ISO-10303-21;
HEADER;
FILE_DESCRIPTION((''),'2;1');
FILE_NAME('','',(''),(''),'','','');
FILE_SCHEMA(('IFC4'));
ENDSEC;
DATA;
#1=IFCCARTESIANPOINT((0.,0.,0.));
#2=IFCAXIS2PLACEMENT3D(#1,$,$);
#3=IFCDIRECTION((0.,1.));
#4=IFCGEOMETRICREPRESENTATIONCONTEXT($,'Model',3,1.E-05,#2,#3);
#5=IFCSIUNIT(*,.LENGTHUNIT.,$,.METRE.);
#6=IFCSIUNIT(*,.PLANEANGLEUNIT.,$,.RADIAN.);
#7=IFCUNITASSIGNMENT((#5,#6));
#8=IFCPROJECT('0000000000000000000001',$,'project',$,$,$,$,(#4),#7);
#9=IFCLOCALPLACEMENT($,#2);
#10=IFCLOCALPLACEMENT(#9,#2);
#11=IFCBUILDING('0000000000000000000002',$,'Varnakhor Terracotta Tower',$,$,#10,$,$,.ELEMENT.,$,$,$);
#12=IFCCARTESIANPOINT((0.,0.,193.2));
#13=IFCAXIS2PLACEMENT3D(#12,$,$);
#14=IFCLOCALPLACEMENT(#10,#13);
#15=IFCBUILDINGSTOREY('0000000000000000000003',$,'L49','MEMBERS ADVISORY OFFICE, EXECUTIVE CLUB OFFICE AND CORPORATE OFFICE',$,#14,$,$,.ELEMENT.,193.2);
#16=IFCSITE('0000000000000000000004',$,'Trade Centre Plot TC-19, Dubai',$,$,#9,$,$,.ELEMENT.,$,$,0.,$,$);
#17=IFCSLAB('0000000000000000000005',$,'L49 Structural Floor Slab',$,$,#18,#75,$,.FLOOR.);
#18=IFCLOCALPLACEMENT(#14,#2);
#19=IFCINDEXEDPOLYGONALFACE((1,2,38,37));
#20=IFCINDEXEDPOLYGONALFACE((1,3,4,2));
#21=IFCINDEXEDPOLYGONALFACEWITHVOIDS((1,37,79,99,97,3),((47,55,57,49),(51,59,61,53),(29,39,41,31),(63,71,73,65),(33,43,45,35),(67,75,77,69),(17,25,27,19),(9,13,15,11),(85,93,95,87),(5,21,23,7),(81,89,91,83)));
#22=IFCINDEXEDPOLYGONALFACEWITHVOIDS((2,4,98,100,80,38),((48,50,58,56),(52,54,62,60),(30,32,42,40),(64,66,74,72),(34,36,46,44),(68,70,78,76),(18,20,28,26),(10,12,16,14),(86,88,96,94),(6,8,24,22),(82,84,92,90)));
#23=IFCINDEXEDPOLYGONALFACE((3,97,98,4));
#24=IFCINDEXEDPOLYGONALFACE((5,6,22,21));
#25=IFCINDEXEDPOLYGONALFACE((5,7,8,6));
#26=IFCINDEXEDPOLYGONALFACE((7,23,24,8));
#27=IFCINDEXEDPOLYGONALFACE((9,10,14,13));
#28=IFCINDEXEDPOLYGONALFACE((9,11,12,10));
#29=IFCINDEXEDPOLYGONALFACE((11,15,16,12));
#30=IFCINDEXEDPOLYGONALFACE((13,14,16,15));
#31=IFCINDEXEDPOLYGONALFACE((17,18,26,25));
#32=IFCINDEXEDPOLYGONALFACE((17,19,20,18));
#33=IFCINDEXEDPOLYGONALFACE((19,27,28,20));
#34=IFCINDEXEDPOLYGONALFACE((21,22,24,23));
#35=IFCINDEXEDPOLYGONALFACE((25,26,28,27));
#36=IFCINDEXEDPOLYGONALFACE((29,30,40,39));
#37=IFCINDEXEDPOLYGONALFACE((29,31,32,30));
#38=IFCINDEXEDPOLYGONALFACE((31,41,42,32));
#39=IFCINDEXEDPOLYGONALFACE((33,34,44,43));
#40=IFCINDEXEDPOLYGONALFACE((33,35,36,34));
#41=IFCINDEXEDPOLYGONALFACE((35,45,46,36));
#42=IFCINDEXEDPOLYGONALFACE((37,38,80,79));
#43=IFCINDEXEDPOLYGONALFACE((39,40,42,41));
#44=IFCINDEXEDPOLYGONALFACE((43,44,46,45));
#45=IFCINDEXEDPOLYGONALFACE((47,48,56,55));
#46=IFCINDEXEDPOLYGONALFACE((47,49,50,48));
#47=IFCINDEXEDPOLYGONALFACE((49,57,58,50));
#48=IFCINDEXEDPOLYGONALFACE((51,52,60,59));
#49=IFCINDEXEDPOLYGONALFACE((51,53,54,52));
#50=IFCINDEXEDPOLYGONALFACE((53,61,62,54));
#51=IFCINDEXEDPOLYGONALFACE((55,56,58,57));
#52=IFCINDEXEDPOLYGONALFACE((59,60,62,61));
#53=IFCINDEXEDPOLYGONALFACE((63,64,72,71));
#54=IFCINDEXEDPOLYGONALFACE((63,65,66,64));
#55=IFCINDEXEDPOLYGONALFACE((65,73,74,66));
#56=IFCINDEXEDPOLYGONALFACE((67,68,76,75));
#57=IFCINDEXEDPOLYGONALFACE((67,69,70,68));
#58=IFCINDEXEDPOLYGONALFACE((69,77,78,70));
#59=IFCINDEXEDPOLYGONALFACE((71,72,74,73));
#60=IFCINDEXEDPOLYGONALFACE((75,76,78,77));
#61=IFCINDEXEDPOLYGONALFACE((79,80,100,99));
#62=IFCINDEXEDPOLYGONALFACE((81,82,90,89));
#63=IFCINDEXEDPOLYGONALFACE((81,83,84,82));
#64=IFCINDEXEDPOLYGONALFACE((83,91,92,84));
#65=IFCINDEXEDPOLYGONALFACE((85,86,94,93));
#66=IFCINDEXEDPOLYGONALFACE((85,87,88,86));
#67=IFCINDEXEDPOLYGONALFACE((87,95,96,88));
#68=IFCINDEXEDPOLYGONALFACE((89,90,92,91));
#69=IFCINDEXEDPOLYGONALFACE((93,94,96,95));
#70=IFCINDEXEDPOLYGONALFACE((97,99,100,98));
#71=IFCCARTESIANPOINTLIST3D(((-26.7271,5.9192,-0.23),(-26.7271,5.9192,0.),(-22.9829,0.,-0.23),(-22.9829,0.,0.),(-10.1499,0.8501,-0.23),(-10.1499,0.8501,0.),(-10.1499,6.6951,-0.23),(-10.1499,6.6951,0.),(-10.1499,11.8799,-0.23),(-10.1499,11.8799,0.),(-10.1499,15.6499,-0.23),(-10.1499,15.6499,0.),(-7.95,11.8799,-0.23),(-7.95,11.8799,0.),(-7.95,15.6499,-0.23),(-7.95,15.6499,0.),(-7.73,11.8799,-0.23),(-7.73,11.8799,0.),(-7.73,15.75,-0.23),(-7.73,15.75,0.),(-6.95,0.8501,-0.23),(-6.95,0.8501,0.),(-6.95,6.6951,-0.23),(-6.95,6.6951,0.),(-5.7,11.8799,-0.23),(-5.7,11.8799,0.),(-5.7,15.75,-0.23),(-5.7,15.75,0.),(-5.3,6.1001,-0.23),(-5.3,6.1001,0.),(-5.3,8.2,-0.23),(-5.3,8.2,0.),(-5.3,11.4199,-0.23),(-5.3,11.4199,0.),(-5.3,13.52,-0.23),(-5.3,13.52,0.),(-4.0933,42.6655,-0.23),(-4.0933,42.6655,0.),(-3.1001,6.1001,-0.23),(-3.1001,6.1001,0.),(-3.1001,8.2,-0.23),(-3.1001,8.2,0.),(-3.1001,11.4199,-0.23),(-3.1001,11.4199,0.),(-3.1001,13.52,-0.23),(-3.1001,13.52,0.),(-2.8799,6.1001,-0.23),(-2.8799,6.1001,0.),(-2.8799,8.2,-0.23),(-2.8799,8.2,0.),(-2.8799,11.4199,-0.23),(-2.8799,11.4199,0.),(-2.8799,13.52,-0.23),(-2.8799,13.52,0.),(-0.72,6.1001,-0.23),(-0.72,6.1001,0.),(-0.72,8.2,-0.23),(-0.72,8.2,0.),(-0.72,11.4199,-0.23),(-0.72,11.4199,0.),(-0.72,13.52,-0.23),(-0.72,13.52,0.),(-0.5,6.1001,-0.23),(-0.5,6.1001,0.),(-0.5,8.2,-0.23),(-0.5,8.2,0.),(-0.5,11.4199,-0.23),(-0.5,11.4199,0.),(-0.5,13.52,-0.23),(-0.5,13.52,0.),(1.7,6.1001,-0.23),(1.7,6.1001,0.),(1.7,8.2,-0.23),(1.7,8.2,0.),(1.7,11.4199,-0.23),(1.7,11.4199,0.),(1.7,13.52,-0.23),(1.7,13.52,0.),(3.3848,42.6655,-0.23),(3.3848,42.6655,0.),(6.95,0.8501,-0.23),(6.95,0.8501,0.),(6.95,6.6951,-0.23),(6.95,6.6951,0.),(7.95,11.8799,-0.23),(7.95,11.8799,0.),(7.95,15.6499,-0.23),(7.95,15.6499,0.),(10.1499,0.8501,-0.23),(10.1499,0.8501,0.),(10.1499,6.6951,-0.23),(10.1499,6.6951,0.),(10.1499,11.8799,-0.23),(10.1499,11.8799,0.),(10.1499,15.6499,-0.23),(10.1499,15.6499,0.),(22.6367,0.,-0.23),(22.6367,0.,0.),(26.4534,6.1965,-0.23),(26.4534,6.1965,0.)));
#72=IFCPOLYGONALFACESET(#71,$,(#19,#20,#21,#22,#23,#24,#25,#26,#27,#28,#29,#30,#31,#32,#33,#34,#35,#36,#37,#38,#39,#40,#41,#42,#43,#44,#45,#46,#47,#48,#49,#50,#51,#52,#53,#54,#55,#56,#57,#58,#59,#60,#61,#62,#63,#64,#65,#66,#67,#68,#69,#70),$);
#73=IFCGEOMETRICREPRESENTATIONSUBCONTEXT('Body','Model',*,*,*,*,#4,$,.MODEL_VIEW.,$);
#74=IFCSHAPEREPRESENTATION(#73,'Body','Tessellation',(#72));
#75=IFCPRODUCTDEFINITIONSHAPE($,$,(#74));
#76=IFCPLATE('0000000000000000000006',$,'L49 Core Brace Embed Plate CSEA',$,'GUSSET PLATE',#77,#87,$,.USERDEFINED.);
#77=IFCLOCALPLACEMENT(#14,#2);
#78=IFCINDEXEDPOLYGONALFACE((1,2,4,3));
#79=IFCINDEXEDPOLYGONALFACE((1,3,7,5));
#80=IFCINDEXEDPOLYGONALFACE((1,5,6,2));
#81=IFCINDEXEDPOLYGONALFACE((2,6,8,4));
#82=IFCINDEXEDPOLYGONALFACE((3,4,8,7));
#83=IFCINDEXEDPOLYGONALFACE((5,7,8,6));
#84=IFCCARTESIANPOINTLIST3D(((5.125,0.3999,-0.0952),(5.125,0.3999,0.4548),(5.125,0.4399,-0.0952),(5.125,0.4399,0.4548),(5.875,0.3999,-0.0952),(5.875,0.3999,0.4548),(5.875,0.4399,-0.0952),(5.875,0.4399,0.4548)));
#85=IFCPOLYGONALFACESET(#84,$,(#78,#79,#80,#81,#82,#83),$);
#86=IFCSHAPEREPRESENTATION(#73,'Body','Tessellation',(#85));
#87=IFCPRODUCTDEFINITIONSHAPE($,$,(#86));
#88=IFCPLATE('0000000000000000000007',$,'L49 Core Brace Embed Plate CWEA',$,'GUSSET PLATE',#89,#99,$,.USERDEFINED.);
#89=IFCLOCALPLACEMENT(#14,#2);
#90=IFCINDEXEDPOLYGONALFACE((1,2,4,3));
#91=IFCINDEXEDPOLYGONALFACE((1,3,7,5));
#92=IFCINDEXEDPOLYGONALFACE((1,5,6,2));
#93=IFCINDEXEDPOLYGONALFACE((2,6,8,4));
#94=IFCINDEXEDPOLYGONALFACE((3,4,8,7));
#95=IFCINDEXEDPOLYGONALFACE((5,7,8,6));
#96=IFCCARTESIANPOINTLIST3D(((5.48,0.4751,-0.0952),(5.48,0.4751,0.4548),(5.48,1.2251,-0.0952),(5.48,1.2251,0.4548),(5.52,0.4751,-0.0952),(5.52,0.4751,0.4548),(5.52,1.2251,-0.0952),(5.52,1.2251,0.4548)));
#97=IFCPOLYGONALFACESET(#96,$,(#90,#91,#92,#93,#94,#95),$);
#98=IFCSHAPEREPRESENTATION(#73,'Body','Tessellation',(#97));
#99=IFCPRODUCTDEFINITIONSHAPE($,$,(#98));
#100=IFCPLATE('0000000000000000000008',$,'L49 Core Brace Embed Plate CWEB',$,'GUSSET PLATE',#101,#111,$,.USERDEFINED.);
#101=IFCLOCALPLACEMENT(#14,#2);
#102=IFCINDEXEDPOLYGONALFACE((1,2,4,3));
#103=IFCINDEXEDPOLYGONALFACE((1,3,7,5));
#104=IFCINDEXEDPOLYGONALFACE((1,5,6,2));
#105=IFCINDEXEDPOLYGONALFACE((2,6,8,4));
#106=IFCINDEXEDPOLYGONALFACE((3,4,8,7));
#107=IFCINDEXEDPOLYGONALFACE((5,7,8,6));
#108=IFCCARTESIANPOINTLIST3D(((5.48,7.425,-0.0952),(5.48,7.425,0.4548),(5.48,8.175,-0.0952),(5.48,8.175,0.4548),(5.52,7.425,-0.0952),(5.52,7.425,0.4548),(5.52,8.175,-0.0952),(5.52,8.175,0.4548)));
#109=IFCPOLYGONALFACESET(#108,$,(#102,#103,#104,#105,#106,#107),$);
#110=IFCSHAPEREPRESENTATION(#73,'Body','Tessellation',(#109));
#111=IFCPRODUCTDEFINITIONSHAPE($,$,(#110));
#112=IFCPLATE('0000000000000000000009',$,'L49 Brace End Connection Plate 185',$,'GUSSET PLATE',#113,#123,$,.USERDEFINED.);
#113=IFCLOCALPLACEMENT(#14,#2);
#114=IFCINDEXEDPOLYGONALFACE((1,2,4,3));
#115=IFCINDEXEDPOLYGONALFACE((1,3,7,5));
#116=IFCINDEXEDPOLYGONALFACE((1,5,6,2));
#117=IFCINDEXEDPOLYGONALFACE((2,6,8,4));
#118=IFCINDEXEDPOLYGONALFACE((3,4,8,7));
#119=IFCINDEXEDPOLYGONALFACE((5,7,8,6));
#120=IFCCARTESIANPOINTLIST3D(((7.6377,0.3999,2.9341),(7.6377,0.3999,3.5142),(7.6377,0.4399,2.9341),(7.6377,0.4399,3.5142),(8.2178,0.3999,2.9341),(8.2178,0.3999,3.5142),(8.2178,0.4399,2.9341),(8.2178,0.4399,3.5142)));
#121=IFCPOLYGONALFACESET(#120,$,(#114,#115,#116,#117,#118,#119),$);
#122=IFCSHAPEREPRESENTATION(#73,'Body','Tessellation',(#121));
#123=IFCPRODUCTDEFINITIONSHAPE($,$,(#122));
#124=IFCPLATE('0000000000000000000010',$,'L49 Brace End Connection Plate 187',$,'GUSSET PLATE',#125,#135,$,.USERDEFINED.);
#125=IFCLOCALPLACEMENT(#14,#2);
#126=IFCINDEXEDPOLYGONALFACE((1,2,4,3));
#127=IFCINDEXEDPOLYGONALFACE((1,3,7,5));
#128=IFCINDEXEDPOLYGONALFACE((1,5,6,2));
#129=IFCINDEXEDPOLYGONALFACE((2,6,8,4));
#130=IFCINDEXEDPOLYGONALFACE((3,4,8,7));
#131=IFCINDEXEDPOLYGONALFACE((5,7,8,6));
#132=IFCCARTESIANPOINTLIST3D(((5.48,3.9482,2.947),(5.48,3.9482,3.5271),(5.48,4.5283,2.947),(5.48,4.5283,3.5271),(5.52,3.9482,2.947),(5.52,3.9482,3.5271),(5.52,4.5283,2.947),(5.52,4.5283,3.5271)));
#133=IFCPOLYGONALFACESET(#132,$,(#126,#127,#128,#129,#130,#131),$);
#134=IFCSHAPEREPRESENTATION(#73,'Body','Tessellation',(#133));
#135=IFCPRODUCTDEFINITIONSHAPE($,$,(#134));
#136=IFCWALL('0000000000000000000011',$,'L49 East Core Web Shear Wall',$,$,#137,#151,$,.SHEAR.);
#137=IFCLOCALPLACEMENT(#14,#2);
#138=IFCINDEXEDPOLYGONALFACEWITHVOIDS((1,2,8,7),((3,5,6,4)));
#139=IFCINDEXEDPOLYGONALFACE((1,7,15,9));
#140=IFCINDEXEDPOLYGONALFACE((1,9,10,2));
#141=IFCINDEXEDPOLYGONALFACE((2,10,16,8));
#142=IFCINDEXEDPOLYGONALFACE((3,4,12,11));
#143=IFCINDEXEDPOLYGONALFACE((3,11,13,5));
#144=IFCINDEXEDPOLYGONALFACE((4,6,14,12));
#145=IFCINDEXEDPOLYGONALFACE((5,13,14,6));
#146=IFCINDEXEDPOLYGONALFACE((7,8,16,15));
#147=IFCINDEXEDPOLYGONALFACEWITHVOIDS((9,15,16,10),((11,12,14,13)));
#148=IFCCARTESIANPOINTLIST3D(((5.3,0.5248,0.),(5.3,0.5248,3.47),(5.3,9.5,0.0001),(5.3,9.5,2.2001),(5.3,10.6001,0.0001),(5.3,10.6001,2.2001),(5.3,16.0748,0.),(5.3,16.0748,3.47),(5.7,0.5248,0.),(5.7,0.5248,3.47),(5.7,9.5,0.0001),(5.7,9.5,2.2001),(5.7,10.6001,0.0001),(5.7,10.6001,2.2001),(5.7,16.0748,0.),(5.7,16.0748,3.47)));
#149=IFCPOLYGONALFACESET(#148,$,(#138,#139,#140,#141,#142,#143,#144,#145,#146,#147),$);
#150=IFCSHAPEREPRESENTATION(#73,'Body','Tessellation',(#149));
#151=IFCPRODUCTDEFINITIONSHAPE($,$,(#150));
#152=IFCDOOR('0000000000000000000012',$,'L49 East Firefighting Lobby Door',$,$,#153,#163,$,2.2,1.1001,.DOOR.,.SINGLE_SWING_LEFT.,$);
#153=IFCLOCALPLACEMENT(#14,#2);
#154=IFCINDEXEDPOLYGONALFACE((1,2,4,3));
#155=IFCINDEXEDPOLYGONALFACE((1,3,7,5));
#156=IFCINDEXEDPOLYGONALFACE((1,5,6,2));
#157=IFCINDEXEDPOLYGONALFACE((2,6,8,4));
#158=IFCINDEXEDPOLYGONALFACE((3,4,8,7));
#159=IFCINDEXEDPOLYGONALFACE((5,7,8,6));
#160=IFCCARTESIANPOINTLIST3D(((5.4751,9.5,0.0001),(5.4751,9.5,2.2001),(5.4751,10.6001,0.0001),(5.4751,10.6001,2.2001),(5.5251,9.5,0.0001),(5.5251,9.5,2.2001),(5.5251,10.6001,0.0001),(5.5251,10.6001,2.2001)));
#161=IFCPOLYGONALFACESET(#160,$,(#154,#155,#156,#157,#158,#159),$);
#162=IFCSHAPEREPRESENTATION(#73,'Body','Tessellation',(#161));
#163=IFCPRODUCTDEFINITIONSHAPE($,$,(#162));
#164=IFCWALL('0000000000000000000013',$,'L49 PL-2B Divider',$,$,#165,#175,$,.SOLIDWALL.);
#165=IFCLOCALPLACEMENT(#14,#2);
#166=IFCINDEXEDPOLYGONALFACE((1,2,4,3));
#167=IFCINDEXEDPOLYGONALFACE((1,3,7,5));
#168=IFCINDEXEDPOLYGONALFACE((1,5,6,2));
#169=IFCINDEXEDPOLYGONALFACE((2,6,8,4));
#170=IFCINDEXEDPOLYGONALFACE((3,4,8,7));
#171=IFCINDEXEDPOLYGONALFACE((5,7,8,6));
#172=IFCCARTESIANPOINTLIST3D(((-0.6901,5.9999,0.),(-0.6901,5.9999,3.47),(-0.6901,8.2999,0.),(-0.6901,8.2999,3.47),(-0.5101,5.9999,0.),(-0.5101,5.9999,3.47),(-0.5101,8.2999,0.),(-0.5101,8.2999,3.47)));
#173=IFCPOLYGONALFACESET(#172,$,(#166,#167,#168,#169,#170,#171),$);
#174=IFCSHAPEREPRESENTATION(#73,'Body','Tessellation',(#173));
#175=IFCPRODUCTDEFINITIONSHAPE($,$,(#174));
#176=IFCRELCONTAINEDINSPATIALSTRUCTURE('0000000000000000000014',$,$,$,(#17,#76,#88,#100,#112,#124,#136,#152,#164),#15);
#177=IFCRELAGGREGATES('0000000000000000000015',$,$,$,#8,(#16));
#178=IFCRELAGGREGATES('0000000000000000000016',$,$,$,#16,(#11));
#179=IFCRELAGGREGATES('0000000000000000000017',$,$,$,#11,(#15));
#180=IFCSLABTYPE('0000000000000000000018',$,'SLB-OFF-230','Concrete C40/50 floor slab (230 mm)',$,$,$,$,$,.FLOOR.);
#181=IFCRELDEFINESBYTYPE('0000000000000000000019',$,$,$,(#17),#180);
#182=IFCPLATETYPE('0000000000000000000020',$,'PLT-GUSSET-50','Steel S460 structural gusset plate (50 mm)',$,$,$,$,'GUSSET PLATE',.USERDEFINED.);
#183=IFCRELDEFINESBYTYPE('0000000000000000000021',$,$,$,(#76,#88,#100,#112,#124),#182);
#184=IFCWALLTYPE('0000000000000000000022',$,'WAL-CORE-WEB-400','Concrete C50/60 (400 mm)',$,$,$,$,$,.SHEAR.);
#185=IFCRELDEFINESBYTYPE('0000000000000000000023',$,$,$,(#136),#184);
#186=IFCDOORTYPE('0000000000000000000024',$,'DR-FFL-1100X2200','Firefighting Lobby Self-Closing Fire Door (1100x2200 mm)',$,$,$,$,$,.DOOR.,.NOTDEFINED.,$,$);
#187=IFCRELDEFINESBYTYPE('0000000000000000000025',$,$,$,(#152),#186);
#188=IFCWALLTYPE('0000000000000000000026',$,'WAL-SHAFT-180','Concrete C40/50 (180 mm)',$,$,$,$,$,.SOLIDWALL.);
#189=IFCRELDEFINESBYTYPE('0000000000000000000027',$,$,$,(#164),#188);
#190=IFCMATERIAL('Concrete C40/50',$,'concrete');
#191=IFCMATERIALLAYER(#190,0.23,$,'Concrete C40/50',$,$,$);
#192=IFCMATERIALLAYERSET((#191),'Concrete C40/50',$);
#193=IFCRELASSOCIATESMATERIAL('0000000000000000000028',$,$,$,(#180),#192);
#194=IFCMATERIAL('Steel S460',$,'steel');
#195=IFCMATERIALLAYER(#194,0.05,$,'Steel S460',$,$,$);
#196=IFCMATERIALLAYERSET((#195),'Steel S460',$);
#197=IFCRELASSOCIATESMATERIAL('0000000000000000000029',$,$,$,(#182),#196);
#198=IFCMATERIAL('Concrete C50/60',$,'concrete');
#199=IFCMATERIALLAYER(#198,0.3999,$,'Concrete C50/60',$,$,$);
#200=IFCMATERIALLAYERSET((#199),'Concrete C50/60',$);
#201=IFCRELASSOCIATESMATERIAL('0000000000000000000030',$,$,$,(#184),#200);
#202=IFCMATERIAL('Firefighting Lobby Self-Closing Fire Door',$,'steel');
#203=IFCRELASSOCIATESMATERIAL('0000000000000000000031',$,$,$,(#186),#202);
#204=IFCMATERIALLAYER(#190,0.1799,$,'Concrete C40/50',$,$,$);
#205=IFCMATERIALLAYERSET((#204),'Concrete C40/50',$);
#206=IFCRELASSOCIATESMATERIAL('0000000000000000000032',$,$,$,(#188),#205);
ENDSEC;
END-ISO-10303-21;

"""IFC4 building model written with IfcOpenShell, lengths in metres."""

from ifc_helpers import new_model, si_unit, direction, frame, frame_2d, origin, origin_2d, place, context, subcontext, project, spatial, polyline, rectangle, outline, extrude, source, transform, mapped, material, layer, layer_set, type_object, type_shapes, element, fill, save


model = new_model("IFC4")

# Units and contexts
model_context = context("Model", 3, precision=1e-05, world=origin(), true_north=direction((0.0, 1.0)))
body_context = subcontext(model_context, "Body", "Model", "MODEL_VIEW")
ifc_project = project(units=[si_unit("LENGTHUNIT", "METRE"), si_unit("PLANEANGLEUNIT", "RADIAN")], contexts=[model_context])

# Site, building, storey
site_placement = place(None, origin())
site = spatial("IfcSite", under=ifc_project, at=site_placement, Name="Trade Centre Plot TC-19, Dubai", CompositionType="ELEMENT", RefElevation=0.0)
building_placement = place(site_placement, origin())
building = spatial("IfcBuilding", under=site, at=building_placement, Name="Varnakhor Terracotta Tower", CompositionType="ELEMENT")
storey_placement = place(building_placement, frame((0.0, 0.0, 193.2)))
storey = spatial("IfcBuildingStorey", under=building, at=storey_placement, Name="L49", Description="MEMBERS ADVISORY OFFICE, EXECUTIVE CLUB OFFICE AND CORPORATE OFFICE", CompositionType="ELEMENT", Elevation=193.2)

# Shared definitions
ifc_material_1 = material(Name="Concrete C50/60", Category="concrete")

# Shared definitions
ifc_material_2 = material(Name="Steel S460", Category="steel")

# Shared definitions
ifc_material_3 = material(Name="Concrete C40/50", Category="concrete")

# Slab
ifc_layer_1 = layer(ifc_material_3, 0.23, Name="Concrete C40/50")
ifc_layer_set_1 = layer_set([ifc_layer_1], Name="Concrete C40/50")
slab_type_1 = type_object("IfcSlabType", Name="SLB-OFF-230", Description="Concrete C40/50 floor slab (230 mm)", PredefinedType="FLOOR", material=ifc_layer_set_1)
slab_1_placement = place(storey_placement, frame((0.0, 0.0, -0.23)))
element("IfcSlab", 1, at=slab_1_placement, inside=storey, type_object=slab_type_1, Name="L49 Structural Floor Slab", PredefinedType="FLOOR", context=body_context, shape_type="SweptSolid", body=[
    extrude(outline(polyline([(-26.7271, 5.9192), (-4.0933, 42.6655), (3.3848, 42.6655), (26.4534, 6.1965), (22.6367, 0.0), (-22.9829, 0.0), (-26.7271, 5.9192)]), holes=[polyline([(-6.95, 0.8501), (-6.95, 6.6951), (-10.1499, 6.6951), (-10.1499, 0.8501), (-6.95, 0.8501)]), polyline([(-3.1001, 6.1001), (-3.1001, 8.2), (-5.3, 8.2), (-5.3, 6.1001), (-3.1001, 6.1001)]), polyline([(-0.72, 6.1001), (-0.72, 8.2), (-2.8799, 8.2), (-2.8799, 6.1001), (-0.72, 6.1001)]), polyline([(-5.3, 11.4199), (-3.1001, 11.4199), (-3.1001, 13.52), (-5.3, 13.52), (-5.3, 11.4199)]), polyline([(-10.1499, 11.8799), (-7.95, 11.8799), (-7.95, 15.6499), (-10.1499, 15.6499), (-10.1499, 11.8799)]), polyline([(-5.7, 11.8799), (-5.7, 15.75), (-7.73, 15.75), (-7.73, 11.8799), (-5.7, 11.8799)]), polyline([(6.95, 0.8501), (10.1499, 0.8501), (10.1499, 6.6951), (6.95, 6.6951), (6.95, 0.8501)]), polyline([(-0.5, 6.1001), (1.7, 6.1001), (1.7, 8.2), (-0.5, 8.2), (-0.5, 6.1001)]), polyline([(-0.72, 11.4199), (-0.72, 13.52), (-2.8799, 13.52), (-2.8799, 11.4199), (-0.72, 11.4199)]), polyline([(-0.5, 11.4199), (1.7, 11.4199), (1.7, 13.52), (-0.5, 13.52), (-0.5, 11.4199)]), polyline([(7.95, 11.8799), (10.1499, 11.8799), (10.1499, 15.6499), (7.95, 15.6499), (7.95, 11.8799)])]), origin(), (0.0, 0.0, 1.0), 0.23),
])

# Plates
ifc_layer_2 = layer(ifc_material_2, 0.05, Name="Steel S460")
ifc_layer_set_2 = layer_set([ifc_layer_2], Name="Steel S460")
plate_type = type_object("IfcPlateType", Name="PLT-GUSSET-50", Description="Steel S460 structural gusset plate (50 mm)", ElementType="GUSSET PLATE", PredefinedType="USERDEFINED", material=ifc_layer_set_2)
shared_shape_1 = source(origin(), body_context, "Body", "SweptSolid", [
    extrude(rectangle(XDim=0.75, YDim=0.04, at=origin_2d()), origin(), (0.0, 0.0, 1.0), 0.55),
])
type_shapes(plate_type, [shared_shape_1])
for number, where, z_axis, x_axis, name in (
    (2, (5.5, 0.4199, -0.0952), (0.0, 0.0, 1.0), (1.0, 0.0, 0.0), "L49 Core Brace Embed Plate CSEA"),
    (3, (5.5, 0.8501, -0.0952), (0.0, 0.0, 1.0), (0.0, 1.0, 0.0), "L49 Core Brace Embed Plate CWEA"),
    (4, (5.5, 7.8, -0.0952), (0.0, 0.0, 1.0), (0.0, 1.0, 0.0), "L49 Core Brace Embed Plate CWEB"),
):
    element("IfcPlate", number, at=place(storey_placement, frame(where, z_axis=z_axis, x_axis=x_axis)), inside=storey, type_object=plate_type, Name=name, ObjectType="GUSSET PLATE", PredefinedType="USERDEFINED", context=body_context, shape_type="MappedRepresentation", body=[
        mapped(shared_shape_1, transform((0.0, 0.0, 0.0), scale=1.0)),
    ])
shared_shape_2 = source(origin(), body_context, "Body", "SweptSolid", [
    extrude(rectangle(XDim=0.5801, YDim=0.04, at=origin_2d()), origin(), (0.0, 0.0, 1.0), 0.5801),
])
for number, where, z_axis, x_axis, name in (
    (5, (7.9277, 0.4199, 2.9341), (0.0, 0.0, 1.0), (1.0, 0.0, 0.0), "L49 Brace End Connection Plate 185"),
    (6, (5.5, 4.2383, 2.947), (0.0, 0.0, 1.0), (0.0, 1.0, 0.0), "L49 Brace End Connection Plate 187"),
):
    element("IfcPlate", number, at=place(storey_placement, frame(where, z_axis=z_axis, x_axis=x_axis)), inside=storey, type_object=plate_type, Name=name, ObjectType="GUSSET PLATE", PredefinedType="USERDEFINED", context=body_context, shape_type="MappedRepresentation", body=[
        mapped(shared_shape_2, transform((0.0, 0.0, 0.0), scale=1.0)),
    ])

# Wall, opening, door
ifc_layer_3 = layer(ifc_material_1, 0.3999, Name="Concrete C50/60")
ifc_layer_set_3 = layer_set([ifc_layer_3], Name="Concrete C50/60")
wall_type_1 = type_object("IfcWallType", Name="WAL-CORE-WEB-400", Description="Concrete C50/60 (400 mm)", PredefinedType="SHEAR", material=ifc_layer_set_3)
wall_1_placement = place(storey_placement, frame((5.5, 0.5249, 0.0), z_axis=(0.0, 0.0, 1.0), x_axis=(0.0, 1.0, 0.0)))
wall_1 = element("IfcWall", 7, at=wall_1_placement, inside=storey, type_object=wall_type_1, Name="L49 East Core Web Shear Wall", PredefinedType="SHEAR", context=body_context, shape_type="SweptSolid", body=[
    extrude(rectangle(XDim=15.55, YDim=0.3999, at=frame_2d((7.7749, 0.0))), origin(), (0.0, 0.0, 1.0), 3.47),
])
opening_1_placement = place(wall_1_placement, frame((8.9751, 0.0, 0.0)))
opening_1 = element("IfcOpeningElement", 8, at=opening_1_placement, cuts=wall_1, PredefinedType="OPENING", context=body_context, shape_type="SweptSolid", body=[
    extrude(rectangle(XDim=1.1001, YDim=2.2, at=frame_2d((0.55, 1.1001))), frame((0.0, 0.21, 0.0), z_axis=(0.0, -1.0, 0.0), x_axis=(1.0, 0.0, 0.0)), (0.0, 0.0, 1.0), 0.4199),
])
ifc_material_4 = material(Name="Firefighting Lobby Self-Closing Fire Door", Category="steel")
door_type_1 = type_object("IfcDoorType", Name="DR-FFL-1100X2200", Description="Firefighting Lobby Self-Closing Fire Door (1100x2200 mm)", OperationType="NOTDEFINED", PredefinedType="DOOR", material=ifc_material_4)
shared_shape_3 = source(origin(), body_context, "Body", "SweptSolid", [
    extrude(rectangle(XDim=1.1001, YDim=2.2, at=frame_2d((0.55, 1.1001))), frame((0.0, 0.0249, 0.0), z_axis=(0.0, -1.0, 0.0), x_axis=(1.0, 0.0, 0.0)), (0.0, 0.0, 1.0), 0.05),
])
type_shapes(door_type_1, [shared_shape_3])
door_1_placement = place(opening_1_placement, origin())
door_1 = element("IfcDoor", 9, at=door_1_placement, inside=storey, type_object=door_type_1, Name="L49 East Firefighting Lobby Door", OperationType="SINGLE_SWING_LEFT", OverallHeight=2.2, OverallWidth=1.1001, PredefinedType="DOOR", context=body_context, shape_type="MappedRepresentation", body=[
    mapped(shared_shape_3, transform((0.0, 0.0, 0.0), scale=1.0)),
])
fill(opening_1, door_1)

# Wall
ifc_layer_4 = layer(ifc_material_3, 0.1799, Name="Concrete C40/50")
ifc_layer_set_4 = layer_set([ifc_layer_4], Name="Concrete C40/50")
wall_type_2 = type_object("IfcWallType", Name="WAL-SHAFT-180", Description="Concrete C40/50 (180 mm)", PredefinedType="SOLIDWALL", material=ifc_layer_set_4)
wall_2_placement = place(storey_placement, frame((-0.6001, 6.0, 0.0), z_axis=(0.0, 0.0, 1.0), x_axis=(0.0, 1.0, 0.0)))
element("IfcWall", 10, at=wall_2_placement, inside=storey, type_object=wall_type_2, Name="L49 PL-2B Divider", PredefinedType="SOLIDWALL", context=body_context, shape_type="SweptSolid", body=[
    extrude(rectangle(XDim=2.3, YDim=0.1799, at=frame_2d((1.1499, 0.0))), origin(), (0.0, 0.0, 1.0), 3.47),
])

save(model, "model.ifc")
